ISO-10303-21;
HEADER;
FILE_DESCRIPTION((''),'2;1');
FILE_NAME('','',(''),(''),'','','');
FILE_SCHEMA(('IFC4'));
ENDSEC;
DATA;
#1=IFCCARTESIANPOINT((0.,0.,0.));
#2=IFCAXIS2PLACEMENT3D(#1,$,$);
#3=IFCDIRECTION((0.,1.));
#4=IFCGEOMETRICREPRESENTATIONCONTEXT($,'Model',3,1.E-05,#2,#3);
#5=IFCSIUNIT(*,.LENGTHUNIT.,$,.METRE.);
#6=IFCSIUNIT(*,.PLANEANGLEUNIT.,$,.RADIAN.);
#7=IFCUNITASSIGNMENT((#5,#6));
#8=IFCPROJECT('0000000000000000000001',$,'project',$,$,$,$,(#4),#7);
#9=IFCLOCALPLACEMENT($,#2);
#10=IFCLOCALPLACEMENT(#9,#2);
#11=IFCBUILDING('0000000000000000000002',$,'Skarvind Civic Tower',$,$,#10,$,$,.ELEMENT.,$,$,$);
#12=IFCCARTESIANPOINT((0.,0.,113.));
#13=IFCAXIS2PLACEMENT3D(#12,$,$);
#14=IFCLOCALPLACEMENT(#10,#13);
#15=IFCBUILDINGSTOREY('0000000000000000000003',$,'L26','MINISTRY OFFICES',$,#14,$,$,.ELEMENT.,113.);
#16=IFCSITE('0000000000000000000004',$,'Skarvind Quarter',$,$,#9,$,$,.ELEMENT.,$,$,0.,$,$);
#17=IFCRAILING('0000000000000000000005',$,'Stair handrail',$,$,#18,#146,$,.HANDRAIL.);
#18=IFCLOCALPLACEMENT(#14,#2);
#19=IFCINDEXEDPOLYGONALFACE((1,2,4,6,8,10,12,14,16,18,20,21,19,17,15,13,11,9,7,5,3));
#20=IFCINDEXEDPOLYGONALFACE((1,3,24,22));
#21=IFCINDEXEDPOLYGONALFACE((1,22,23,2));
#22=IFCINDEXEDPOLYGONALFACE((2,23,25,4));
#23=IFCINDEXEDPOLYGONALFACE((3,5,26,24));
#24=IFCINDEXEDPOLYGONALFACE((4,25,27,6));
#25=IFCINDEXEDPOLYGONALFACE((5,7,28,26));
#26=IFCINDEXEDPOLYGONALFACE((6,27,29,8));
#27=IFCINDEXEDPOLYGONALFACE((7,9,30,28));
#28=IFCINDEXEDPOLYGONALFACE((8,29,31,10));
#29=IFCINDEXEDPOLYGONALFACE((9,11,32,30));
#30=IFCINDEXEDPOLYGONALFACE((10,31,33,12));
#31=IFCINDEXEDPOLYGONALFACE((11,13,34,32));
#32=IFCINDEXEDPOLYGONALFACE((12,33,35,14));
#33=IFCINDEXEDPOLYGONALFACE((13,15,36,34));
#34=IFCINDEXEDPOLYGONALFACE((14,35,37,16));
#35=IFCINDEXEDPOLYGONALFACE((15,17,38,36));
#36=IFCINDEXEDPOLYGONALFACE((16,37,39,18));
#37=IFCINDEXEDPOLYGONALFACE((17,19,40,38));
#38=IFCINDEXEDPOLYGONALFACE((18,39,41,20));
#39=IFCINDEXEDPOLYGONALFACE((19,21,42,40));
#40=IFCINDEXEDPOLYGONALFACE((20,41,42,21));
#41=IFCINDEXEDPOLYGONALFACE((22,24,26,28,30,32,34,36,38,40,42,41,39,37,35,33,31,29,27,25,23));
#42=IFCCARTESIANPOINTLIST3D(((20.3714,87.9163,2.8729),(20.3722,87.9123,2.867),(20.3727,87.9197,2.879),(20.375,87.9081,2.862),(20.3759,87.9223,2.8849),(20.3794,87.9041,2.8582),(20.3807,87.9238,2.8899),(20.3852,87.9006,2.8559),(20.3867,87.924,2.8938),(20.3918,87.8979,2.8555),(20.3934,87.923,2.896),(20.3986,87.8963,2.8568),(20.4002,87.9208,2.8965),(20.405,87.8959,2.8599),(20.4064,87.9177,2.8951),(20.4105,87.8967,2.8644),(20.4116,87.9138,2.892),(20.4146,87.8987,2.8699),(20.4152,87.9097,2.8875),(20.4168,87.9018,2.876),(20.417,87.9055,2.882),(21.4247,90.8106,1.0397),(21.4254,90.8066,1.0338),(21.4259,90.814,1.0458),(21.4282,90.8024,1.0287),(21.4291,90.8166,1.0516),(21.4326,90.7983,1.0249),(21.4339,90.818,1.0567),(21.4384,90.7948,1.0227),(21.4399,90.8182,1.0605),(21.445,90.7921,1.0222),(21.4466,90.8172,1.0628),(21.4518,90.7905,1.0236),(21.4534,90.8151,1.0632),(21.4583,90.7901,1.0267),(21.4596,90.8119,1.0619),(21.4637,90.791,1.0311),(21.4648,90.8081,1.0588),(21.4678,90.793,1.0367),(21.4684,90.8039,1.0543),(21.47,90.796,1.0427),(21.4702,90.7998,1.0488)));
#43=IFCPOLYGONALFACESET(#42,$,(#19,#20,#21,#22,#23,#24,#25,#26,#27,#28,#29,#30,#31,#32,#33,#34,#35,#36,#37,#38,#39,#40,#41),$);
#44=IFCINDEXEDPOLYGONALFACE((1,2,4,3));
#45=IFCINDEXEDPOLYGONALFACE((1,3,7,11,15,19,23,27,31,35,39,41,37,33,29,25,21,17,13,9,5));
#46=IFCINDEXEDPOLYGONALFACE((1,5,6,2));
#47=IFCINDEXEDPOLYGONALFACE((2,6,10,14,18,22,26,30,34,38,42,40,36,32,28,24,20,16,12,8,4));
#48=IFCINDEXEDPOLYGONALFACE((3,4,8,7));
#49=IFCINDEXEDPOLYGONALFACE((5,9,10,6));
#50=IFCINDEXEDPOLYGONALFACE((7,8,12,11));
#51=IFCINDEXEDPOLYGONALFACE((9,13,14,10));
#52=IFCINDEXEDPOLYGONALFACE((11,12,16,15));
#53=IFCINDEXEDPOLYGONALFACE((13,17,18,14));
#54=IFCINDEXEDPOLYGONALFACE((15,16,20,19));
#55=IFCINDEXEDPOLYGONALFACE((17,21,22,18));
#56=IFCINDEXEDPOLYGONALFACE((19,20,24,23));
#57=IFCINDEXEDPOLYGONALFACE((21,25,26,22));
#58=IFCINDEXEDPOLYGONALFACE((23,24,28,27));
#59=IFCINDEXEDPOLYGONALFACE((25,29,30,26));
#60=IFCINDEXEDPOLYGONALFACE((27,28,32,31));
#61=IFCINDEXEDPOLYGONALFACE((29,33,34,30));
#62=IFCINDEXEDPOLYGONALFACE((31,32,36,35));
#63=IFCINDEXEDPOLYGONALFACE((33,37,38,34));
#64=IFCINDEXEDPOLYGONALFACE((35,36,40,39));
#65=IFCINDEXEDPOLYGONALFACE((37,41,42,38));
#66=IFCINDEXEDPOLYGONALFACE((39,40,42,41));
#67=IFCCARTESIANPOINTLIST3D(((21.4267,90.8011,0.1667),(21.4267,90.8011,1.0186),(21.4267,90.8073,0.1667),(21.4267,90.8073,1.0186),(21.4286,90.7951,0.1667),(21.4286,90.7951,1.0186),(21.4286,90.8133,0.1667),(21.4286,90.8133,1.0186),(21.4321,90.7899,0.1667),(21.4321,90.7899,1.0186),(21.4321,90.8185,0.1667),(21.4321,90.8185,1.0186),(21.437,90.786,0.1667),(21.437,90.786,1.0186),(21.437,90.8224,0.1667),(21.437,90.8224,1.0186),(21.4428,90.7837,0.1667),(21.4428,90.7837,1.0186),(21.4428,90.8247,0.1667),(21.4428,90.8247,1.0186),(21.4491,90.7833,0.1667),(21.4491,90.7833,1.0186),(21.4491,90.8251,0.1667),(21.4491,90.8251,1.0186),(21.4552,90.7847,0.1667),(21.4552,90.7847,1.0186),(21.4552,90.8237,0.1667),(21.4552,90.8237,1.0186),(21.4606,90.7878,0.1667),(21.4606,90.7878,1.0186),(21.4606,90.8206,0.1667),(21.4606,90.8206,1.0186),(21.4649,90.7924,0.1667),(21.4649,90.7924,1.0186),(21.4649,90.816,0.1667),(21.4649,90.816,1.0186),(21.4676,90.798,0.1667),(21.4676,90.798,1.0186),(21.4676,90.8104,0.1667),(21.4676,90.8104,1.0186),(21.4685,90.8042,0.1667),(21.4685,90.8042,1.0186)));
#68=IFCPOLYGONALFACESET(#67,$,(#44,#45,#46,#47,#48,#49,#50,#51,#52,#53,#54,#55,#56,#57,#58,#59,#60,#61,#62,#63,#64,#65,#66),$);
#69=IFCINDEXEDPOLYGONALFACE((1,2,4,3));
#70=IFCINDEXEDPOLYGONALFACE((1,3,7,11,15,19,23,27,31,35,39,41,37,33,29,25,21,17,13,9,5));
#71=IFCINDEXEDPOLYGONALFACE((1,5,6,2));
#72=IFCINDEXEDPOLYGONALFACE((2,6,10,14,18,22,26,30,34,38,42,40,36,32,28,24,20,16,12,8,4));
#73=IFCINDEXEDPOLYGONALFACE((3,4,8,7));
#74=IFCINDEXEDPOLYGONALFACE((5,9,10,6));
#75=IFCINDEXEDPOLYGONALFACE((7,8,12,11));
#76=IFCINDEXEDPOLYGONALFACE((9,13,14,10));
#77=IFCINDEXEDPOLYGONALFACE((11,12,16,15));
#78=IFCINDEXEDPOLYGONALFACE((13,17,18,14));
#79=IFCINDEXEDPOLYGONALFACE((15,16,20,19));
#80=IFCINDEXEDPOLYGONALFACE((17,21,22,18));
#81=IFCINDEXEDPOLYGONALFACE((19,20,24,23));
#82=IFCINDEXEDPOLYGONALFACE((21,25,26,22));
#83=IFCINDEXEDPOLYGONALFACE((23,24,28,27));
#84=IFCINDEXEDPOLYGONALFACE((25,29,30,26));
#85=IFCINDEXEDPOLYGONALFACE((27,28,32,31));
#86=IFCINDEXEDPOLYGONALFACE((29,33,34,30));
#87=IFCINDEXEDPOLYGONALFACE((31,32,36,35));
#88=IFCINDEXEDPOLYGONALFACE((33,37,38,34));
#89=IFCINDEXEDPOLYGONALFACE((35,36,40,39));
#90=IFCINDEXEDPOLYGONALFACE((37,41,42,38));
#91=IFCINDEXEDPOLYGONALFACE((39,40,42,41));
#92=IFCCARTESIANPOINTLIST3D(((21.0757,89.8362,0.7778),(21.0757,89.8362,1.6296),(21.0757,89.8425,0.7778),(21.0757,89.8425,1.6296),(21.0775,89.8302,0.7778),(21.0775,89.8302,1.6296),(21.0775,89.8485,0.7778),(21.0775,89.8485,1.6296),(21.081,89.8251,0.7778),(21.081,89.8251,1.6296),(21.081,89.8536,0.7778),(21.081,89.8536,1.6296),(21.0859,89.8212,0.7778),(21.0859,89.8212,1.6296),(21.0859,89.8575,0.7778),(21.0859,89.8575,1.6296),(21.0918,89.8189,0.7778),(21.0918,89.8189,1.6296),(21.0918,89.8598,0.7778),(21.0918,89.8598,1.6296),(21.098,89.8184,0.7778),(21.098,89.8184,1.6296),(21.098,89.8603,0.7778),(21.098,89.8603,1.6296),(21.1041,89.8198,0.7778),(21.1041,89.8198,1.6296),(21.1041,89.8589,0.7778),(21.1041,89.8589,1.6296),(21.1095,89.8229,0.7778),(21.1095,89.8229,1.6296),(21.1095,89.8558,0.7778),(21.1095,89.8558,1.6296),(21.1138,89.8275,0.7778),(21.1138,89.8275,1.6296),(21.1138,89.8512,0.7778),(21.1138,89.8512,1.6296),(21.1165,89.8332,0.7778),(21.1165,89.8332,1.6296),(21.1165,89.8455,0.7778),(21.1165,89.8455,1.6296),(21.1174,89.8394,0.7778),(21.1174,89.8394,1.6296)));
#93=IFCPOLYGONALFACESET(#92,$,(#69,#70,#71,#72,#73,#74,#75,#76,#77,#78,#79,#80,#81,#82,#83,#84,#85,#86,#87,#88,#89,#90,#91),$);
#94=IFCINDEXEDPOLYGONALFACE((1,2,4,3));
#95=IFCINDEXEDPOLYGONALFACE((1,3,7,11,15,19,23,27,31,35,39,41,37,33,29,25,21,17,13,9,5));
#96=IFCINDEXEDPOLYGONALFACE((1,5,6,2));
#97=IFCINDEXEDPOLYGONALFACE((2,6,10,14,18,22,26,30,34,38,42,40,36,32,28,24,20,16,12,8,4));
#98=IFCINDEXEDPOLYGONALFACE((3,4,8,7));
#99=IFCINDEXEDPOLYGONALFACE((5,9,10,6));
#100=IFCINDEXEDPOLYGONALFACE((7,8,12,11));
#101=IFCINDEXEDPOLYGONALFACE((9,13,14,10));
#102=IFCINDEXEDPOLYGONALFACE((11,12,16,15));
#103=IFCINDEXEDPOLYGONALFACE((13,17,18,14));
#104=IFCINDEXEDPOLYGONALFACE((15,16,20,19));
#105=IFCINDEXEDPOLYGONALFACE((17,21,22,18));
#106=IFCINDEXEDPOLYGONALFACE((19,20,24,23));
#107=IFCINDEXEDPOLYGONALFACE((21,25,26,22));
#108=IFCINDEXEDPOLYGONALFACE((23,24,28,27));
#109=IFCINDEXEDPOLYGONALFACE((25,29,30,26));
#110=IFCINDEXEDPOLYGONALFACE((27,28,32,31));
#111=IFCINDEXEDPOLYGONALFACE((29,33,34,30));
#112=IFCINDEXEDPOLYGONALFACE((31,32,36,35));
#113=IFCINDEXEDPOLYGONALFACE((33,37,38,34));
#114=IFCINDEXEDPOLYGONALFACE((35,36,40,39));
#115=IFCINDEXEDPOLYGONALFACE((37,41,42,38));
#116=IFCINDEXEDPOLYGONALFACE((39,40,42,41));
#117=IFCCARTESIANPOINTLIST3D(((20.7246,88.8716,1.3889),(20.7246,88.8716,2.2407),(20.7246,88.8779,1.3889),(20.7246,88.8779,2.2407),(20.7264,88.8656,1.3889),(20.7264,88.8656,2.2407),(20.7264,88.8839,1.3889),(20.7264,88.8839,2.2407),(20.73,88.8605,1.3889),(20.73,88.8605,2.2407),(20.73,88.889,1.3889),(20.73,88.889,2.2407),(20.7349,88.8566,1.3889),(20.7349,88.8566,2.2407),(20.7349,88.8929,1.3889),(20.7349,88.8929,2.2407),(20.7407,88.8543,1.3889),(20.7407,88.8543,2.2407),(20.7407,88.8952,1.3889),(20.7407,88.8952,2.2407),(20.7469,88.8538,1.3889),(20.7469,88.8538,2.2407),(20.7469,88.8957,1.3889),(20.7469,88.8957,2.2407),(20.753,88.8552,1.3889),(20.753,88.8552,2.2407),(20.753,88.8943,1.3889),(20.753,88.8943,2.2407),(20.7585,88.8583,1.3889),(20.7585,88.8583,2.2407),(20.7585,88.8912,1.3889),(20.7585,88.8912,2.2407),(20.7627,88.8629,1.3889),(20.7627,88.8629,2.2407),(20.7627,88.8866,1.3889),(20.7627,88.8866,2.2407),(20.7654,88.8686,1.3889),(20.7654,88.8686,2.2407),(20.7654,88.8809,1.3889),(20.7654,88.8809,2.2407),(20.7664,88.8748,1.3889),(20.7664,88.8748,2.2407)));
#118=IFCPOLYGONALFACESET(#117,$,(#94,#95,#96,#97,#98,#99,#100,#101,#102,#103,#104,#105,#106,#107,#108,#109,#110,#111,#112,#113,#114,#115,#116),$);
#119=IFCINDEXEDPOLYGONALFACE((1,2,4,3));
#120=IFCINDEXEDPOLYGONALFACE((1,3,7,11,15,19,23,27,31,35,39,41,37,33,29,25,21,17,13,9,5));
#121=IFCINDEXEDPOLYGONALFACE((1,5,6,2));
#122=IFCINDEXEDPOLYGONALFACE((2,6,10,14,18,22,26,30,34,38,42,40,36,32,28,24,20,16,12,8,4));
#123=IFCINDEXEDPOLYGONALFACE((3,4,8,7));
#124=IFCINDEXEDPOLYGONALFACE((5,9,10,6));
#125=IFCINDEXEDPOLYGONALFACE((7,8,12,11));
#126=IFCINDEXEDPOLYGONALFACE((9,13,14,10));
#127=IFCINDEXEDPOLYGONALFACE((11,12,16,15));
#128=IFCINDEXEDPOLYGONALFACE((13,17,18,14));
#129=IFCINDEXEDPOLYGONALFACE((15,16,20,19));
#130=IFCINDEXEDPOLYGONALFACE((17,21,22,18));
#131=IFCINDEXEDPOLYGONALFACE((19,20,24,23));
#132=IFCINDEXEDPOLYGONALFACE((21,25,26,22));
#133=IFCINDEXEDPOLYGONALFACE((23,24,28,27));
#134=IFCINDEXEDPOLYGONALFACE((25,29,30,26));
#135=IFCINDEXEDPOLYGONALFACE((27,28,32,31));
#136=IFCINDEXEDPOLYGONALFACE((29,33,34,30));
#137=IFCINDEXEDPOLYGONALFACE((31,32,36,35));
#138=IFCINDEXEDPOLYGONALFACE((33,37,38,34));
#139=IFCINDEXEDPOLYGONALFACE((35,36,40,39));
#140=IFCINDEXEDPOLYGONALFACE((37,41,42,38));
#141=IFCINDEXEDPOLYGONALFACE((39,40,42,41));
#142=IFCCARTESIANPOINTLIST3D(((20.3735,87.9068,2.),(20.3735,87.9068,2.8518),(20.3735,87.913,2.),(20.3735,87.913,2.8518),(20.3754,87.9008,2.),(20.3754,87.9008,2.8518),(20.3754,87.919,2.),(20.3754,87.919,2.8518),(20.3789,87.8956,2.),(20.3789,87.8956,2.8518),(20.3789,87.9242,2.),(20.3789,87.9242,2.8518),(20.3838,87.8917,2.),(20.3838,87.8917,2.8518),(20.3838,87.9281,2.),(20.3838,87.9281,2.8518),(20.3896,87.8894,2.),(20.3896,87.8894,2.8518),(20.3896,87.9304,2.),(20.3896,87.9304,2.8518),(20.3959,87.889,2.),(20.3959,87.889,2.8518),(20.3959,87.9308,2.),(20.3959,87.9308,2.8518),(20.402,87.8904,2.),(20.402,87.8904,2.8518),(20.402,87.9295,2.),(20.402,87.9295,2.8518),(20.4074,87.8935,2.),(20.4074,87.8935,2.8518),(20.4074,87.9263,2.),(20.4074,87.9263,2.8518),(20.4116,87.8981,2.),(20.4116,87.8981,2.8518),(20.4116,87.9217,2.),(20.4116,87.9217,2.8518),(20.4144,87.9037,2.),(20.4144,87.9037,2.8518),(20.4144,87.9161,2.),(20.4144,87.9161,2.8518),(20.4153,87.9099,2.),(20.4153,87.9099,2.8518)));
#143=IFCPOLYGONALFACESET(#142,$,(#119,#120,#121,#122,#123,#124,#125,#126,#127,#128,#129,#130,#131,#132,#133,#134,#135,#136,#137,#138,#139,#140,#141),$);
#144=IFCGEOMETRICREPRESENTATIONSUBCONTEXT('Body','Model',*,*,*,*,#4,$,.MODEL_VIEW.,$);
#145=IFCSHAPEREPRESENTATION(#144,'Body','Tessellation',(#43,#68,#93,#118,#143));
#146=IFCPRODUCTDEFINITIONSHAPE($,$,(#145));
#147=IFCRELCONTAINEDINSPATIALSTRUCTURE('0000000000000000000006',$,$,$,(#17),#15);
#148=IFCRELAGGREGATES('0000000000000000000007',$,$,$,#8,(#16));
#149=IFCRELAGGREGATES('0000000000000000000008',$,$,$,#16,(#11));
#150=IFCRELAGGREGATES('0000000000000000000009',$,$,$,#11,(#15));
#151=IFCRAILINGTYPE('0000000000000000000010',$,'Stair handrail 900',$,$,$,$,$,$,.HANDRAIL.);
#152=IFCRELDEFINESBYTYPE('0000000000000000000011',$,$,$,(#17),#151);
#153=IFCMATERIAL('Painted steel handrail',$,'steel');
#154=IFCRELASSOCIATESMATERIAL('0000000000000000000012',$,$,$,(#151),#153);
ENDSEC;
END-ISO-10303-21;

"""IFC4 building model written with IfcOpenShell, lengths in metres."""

from ifc_helpers import new_model, si_unit, direction, frame, origin, origin_2d, place, context, subcontext, project, spatial, circle, extrude, material, type_object, element, save


model = new_model("IFC4")

# Units and contexts
model_context = context("Model", 3, precision=1e-05, world=origin(), true_north=direction((0.0, 1.0)))
body_context = subcontext(model_context, "Body", "Model", "MODEL_VIEW")
ifc_project = project(units=[si_unit("LENGTHUNIT", "METRE"), si_unit("PLANEANGLEUNIT", "RADIAN")], contexts=[model_context])

# Site, building, storey
site_placement = place(None, origin())
site = spatial("IfcSite", under=ifc_project, at=site_placement, Name="Skarvind Quarter", CompositionType="ELEMENT", RefElevation=0.0)
building_placement = place(site_placement, origin())
building = spatial("IfcBuilding", under=site, at=building_placement, Name="Skarvind Civic Tower", CompositionType="ELEMENT")
storey_placement = place(building_placement, frame((0.0, 0.0, 113.0)))
storey = spatial("IfcBuildingStorey", under=building, at=storey_placement, Name="L26", Description="MINISTRY OFFICES", CompositionType="ELEMENT", Elevation=113.0)

# Railing
ifc_material_1 = material(Name="Painted steel handrail", Category="steel")
railing_type = type_object("IfcRailingType", Name="Stair handrail 900", PredefinedType="HANDRAIL", material=ifc_material_1)
railing_1_placement = place(storey_placement, frame((21.4475, 90.8042, 0.1667)))
element("IfcRailing", 1, at=railing_1_placement, inside=storey, type_object=railing_type, Name="Stair handrail", PredefinedType="HANDRAIL", context=body_context, shape_type="SweptSolid", body=[
    extrude(circle(Radius=0.0239, at=origin_2d()), frame((0.0, 0.0, 0.876), z_axis=(-0.293846, -0.807497, 0.511472), x_axis=(0.939715, -0.341959, 0.0)), (0.0, 0.0, 1.0), 3.5842),
    extrude(circle(Radius=0.021, at=origin_2d()), origin(), (0.0, 0.0, 1.0), 0.8518),
    extrude(circle(Radius=0.021, at=origin_2d()), frame((-0.3511, -0.9648, 0.6111)), (0.0, 0.0, 1.0), 0.8518),
    extrude(circle(Radius=0.021, at=origin_2d()), frame((-0.7021, -1.9294, 1.2222)), (0.0, 0.0, 1.0), 0.8518),
    extrude(circle(Radius=0.021, at=origin_2d()), frame((-1.0532, -2.8943, 1.8333)), (0.0, 0.0, 1.0), 0.8518),
])

save(model, "model.ifc")
